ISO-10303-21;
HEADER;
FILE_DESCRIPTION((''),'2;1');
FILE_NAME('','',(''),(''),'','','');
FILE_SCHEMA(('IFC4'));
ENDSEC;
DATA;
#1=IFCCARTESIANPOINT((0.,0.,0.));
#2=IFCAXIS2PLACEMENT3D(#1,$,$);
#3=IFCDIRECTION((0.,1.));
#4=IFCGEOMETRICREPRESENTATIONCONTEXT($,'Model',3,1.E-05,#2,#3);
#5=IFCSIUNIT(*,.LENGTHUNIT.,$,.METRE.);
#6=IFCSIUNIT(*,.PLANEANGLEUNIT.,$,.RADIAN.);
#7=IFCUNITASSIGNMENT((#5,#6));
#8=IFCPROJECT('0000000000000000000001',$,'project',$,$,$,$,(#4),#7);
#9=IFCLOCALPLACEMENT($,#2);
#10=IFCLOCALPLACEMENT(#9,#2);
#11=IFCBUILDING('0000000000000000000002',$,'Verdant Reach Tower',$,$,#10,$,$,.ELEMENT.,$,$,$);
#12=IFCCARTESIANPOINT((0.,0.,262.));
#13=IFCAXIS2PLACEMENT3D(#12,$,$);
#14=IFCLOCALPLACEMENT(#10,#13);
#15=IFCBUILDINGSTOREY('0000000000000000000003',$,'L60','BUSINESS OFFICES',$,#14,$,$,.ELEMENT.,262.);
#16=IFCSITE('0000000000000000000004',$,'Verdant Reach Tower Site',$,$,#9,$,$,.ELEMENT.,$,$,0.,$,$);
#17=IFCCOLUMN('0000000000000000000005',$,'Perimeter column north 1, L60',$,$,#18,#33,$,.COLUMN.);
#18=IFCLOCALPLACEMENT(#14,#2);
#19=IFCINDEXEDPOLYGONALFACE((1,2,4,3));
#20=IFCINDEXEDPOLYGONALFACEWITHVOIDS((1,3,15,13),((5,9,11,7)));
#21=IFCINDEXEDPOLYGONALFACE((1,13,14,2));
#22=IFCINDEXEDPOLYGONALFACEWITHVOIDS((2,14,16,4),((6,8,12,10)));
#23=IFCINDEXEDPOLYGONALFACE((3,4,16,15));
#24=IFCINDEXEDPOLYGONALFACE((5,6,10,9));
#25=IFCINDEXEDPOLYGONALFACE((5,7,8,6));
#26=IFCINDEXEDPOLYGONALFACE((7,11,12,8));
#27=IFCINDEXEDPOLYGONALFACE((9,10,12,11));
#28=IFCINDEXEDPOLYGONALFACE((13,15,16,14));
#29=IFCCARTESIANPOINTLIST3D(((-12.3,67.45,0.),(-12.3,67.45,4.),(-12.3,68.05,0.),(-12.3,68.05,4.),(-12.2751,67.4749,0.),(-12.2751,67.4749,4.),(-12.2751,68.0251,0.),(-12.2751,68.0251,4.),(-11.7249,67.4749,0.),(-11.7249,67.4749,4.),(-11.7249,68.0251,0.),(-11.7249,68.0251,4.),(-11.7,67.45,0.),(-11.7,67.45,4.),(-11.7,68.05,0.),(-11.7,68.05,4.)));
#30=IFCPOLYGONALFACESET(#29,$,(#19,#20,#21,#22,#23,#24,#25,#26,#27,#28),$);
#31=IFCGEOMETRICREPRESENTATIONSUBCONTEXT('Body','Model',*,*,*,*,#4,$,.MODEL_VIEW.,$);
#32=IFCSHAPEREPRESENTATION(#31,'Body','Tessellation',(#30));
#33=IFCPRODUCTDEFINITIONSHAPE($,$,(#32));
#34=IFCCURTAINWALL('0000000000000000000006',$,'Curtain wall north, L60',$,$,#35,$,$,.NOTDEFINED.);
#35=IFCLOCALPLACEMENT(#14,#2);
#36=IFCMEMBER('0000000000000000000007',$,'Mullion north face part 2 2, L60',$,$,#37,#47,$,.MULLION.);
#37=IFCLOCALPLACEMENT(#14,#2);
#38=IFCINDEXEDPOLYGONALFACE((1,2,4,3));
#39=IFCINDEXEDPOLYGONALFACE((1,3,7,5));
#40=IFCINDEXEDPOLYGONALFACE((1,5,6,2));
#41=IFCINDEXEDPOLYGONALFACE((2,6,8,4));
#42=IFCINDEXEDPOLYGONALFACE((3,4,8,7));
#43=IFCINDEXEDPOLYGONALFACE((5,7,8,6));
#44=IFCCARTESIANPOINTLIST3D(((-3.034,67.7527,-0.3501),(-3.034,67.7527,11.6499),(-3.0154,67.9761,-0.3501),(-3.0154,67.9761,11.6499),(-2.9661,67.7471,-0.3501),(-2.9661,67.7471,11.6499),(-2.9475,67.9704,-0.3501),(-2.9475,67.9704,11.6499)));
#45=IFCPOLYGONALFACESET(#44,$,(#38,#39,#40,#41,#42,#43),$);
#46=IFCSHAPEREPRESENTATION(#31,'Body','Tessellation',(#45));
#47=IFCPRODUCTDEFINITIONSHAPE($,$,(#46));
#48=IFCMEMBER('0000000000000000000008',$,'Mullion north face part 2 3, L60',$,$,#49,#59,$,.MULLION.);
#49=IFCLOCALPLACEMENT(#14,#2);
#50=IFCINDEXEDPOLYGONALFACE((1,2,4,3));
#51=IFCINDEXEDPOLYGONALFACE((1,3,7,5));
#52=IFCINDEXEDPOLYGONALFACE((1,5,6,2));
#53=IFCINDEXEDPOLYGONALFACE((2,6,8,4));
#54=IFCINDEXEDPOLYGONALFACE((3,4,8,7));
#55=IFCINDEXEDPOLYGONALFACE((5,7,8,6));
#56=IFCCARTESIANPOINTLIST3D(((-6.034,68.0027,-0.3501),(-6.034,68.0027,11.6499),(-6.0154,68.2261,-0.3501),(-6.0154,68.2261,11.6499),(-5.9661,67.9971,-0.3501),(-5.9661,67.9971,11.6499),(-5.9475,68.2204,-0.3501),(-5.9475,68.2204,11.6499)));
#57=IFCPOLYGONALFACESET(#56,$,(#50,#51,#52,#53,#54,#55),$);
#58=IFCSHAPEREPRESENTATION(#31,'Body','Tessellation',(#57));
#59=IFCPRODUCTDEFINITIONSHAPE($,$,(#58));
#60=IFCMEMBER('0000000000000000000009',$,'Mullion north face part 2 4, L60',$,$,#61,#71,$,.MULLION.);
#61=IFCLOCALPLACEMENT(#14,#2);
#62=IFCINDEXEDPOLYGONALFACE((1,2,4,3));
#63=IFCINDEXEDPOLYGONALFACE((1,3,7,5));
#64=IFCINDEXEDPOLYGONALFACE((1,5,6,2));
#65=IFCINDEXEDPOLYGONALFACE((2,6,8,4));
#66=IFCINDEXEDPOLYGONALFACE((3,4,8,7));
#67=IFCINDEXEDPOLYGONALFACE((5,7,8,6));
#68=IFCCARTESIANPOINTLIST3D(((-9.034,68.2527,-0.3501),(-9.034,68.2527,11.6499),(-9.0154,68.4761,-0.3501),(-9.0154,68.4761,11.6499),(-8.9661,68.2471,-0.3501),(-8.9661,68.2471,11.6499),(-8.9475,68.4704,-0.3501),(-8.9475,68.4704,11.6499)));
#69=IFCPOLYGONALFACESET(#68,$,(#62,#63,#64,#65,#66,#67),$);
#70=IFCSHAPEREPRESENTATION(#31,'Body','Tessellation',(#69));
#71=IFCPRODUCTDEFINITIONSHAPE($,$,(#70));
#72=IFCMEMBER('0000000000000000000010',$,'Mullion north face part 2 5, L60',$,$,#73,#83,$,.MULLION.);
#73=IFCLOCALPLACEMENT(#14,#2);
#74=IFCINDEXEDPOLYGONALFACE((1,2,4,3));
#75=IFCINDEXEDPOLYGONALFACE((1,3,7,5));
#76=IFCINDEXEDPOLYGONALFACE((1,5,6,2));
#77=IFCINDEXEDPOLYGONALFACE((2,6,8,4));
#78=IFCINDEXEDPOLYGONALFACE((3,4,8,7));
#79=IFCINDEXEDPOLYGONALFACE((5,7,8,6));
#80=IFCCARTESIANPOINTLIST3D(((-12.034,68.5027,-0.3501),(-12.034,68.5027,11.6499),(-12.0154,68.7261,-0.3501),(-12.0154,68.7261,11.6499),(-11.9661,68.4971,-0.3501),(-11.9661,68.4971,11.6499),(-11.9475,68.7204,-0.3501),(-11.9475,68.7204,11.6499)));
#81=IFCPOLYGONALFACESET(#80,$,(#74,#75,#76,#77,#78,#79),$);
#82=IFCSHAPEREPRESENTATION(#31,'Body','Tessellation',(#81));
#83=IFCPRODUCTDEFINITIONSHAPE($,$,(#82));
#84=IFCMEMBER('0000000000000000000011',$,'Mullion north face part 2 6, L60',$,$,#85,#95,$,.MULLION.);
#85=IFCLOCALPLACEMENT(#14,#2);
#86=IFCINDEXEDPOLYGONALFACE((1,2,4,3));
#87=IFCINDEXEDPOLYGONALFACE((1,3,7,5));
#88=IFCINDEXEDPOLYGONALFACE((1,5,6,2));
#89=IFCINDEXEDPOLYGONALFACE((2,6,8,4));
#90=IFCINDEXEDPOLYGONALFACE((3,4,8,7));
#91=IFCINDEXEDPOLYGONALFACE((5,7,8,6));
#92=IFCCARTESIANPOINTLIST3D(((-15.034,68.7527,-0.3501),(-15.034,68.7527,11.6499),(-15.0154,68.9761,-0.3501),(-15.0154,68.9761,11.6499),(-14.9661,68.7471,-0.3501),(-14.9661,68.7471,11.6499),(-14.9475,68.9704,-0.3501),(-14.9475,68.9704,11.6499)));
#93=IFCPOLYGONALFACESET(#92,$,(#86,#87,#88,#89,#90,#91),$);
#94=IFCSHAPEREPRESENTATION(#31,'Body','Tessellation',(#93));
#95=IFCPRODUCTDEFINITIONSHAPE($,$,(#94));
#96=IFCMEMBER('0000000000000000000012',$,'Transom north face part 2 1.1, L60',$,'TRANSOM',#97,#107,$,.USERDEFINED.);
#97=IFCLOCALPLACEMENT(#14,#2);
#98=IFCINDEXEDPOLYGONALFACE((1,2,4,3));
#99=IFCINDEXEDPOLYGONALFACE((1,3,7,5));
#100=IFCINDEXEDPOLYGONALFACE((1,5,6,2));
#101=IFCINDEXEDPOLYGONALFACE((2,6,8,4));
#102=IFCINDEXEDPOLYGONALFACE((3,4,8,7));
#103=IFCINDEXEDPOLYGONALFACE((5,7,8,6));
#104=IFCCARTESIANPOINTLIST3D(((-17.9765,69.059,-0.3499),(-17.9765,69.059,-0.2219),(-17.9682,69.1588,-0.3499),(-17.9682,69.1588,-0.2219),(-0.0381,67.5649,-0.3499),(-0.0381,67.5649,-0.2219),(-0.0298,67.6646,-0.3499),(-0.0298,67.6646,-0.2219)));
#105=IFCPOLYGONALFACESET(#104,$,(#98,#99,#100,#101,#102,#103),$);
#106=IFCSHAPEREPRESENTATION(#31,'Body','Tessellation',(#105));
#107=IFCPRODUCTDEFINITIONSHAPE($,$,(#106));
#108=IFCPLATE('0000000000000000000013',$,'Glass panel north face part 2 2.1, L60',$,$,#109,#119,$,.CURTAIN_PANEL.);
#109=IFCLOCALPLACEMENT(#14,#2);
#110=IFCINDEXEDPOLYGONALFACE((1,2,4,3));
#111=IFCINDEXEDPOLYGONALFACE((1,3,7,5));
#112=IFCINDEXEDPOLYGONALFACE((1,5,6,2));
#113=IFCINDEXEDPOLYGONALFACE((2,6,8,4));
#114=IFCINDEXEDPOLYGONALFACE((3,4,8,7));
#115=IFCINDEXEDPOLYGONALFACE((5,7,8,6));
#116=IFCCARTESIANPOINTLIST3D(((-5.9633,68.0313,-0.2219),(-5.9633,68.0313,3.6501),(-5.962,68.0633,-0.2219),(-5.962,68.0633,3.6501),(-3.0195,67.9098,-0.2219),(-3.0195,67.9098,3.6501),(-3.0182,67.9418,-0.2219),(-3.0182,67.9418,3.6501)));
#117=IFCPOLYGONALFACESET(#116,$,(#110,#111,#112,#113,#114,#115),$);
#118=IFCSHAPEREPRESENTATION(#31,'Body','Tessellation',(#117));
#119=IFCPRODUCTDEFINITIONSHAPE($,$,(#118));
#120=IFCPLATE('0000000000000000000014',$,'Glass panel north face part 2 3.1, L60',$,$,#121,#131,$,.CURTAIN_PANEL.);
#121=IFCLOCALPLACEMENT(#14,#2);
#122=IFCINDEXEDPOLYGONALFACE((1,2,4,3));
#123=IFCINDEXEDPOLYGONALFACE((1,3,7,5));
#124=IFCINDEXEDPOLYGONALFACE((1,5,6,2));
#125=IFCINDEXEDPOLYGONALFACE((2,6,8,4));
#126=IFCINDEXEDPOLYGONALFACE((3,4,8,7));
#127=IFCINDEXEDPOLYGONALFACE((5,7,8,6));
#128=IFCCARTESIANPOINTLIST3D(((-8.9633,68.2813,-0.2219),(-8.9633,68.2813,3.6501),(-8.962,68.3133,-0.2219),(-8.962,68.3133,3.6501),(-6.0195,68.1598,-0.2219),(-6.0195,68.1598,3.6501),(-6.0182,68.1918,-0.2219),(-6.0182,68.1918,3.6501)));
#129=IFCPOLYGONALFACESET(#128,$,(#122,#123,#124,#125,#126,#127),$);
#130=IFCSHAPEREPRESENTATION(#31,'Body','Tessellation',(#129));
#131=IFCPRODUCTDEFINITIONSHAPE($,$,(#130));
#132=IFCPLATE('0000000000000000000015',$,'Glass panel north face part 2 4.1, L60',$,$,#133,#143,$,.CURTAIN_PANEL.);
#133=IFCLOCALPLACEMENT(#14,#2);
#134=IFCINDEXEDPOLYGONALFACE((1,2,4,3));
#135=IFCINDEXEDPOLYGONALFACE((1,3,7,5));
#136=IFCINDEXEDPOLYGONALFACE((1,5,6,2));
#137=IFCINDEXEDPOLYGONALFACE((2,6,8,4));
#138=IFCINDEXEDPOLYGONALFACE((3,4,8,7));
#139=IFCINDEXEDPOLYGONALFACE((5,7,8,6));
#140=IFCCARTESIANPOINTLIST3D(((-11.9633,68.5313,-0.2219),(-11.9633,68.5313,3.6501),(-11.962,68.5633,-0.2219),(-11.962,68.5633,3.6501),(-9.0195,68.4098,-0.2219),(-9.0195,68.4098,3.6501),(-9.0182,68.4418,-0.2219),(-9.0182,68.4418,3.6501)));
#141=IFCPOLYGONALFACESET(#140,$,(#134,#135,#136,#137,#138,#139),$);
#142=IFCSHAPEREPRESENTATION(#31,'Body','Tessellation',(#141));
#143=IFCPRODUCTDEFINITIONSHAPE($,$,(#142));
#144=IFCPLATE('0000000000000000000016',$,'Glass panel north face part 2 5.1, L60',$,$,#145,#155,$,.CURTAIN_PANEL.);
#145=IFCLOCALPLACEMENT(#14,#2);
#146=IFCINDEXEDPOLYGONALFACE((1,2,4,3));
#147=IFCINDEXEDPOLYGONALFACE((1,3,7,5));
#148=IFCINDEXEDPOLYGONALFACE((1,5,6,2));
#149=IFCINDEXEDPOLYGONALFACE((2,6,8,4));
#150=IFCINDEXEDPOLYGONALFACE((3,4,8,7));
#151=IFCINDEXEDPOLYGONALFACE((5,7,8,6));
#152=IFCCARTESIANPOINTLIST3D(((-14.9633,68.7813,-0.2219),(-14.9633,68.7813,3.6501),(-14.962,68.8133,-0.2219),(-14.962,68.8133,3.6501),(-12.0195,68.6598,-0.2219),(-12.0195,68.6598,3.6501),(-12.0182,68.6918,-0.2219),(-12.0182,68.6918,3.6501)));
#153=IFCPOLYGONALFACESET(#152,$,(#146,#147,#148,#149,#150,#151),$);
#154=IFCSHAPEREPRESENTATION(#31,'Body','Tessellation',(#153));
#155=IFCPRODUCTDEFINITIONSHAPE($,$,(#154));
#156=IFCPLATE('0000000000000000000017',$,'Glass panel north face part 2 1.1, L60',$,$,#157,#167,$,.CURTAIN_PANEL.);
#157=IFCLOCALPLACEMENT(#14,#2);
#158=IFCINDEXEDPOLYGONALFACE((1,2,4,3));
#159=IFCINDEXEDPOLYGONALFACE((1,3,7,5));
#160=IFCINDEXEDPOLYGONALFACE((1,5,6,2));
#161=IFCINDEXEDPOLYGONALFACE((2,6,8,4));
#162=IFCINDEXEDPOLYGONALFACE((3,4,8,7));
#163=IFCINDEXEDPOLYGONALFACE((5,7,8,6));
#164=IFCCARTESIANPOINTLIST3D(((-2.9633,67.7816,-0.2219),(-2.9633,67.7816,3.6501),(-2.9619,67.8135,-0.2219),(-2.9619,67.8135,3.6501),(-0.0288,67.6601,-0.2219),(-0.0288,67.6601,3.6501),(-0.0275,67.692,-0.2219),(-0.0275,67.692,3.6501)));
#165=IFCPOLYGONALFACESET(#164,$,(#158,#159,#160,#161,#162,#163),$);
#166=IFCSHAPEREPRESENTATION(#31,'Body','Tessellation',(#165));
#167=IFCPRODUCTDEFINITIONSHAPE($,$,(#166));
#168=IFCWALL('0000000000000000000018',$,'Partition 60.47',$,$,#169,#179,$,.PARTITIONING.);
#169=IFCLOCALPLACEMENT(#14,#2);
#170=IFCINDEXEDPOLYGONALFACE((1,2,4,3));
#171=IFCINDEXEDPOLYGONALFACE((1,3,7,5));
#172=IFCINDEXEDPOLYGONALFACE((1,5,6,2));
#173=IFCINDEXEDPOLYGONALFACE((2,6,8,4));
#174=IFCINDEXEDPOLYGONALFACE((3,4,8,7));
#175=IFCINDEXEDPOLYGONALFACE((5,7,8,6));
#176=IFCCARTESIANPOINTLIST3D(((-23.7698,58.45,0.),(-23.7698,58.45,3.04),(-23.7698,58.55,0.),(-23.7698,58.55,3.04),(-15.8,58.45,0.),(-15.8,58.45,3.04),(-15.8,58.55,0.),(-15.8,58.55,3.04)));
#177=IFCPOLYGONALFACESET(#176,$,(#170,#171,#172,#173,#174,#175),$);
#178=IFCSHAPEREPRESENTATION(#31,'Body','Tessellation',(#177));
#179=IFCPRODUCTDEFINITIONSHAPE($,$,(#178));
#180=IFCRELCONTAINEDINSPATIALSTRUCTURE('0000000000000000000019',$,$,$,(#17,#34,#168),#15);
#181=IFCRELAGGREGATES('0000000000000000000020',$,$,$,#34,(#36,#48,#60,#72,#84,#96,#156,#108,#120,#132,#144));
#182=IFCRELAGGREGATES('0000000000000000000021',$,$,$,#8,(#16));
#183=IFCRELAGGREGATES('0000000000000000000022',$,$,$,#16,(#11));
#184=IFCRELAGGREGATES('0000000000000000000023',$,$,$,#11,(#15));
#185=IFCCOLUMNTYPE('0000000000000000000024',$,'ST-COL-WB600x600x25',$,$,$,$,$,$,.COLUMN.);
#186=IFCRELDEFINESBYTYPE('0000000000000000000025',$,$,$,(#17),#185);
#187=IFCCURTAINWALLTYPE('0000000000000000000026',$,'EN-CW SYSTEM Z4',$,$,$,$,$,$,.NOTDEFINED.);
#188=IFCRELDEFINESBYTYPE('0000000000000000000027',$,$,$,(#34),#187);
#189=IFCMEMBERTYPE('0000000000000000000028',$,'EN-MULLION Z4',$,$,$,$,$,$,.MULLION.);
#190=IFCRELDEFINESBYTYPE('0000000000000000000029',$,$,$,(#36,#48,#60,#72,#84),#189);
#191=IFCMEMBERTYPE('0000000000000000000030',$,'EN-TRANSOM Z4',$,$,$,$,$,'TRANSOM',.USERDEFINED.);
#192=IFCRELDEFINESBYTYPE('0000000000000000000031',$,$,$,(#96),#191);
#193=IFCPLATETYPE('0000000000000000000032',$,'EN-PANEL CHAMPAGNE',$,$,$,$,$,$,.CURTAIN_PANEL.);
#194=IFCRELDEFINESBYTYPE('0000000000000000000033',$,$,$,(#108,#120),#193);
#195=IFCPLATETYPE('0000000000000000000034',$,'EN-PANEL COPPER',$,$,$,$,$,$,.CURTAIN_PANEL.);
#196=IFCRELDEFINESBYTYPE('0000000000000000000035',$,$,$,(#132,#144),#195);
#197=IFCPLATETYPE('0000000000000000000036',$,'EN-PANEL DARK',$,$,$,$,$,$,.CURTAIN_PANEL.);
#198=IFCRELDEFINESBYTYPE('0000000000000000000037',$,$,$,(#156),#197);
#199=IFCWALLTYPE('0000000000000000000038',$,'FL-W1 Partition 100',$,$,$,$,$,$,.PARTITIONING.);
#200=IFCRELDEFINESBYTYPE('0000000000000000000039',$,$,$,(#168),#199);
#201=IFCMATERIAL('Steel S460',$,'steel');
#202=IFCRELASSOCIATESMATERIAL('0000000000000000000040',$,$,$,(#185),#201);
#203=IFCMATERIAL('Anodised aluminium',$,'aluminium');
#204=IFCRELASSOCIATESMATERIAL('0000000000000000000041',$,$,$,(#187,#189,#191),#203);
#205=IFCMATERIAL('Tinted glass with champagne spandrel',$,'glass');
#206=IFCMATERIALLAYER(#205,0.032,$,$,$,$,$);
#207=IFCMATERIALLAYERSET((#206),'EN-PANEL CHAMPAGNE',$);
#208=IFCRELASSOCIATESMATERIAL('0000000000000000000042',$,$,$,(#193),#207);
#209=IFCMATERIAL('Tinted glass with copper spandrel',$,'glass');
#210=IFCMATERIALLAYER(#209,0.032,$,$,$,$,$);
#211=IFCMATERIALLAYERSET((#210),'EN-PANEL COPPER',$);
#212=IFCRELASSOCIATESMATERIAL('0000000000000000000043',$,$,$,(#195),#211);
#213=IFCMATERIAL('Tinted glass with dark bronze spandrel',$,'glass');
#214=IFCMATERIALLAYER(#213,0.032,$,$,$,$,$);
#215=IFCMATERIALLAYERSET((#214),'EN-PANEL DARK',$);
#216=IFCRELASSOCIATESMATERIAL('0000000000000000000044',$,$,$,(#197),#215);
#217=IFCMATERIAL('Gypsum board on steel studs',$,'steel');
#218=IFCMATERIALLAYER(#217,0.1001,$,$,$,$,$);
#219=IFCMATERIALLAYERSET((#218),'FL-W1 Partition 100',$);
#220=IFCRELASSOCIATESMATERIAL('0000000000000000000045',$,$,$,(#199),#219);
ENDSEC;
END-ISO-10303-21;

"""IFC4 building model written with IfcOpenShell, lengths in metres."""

from ifc_helpers import new_model, si_unit, direction, frame, frame_2d, origin, origin_2d, place, context, subcontext, project, spatial, rectangle, hollow_rectangle, extrude, material, layer, layer_set, material_profile, profile_set, type_object, element, aggregate, save


model = new_model("IFC4")

# Units and contexts
model_context = context("Model", 3, precision=1e-05, world=origin(), true_north=direction((0.0, 1.0)))
body_context = subcontext(model_context, "Body", "Model", "MODEL_VIEW")
ifc_project = project(units=[si_unit("LENGTHUNIT", "METRE"), si_unit("PLANEANGLEUNIT", "RADIAN")], contexts=[model_context])

# Site, building, storey
site_placement = place(None, origin())
site = spatial("IfcSite", under=ifc_project, at=site_placement, Name="Verdant Reach Tower Site", CompositionType="ELEMENT", RefElevation=0.0)
building_placement = place(site_placement, origin())
building = spatial("IfcBuilding", under=site, at=building_placement, Name="Verdant Reach Tower", CompositionType="ELEMENT")
storey_placement = place(building_placement, frame((0.0, 0.0, 262.0)))
storey = spatial("IfcBuildingStorey", under=building, at=storey_placement, Name="L60", Description="BUSINESS OFFICES", CompositionType="ELEMENT", Elevation=262.0)

# Column
ifc_material_1 = material(Name="Steel S460", Category="steel")
ifc_material_profile_1 = material_profile(ifc_material_1, hollow_rectangle(XDim=0.6001, YDim=0.6001, WallThickness=0.0249, at=origin_2d()), Name="WB 600x600x25")
ifc_profile_set_1 = profile_set([ifc_material_profile_1], Name="Steel S460")
column_type = type_object("IfcColumnType", Name="ST-COL-WB600x600x25", PredefinedType="COLUMN", material=ifc_profile_set_1)
column_placement = place(storey_placement, frame((-12.0, 67.75, 0.0), z_axis=(0.0, 0.0, 1.0), x_axis=(1.0, 0.0, 0.0)))
element("IfcColumn", 1, at=column_placement, inside=storey, type_object=column_type, Name="Perimeter column north 1, L60", PredefinedType="COLUMN", context=body_context, shape_type="SweptSolid", body=[
    extrude(hollow_rectangle(XDim=0.6001, YDim=0.6001, WallThickness=0.0249, at=origin_2d()), origin(), (0.0, 0.0, 1.0), 4.0),
])

# Curtain wall, members, plates
ifc_material_2 = material(Name="Anodised aluminium", Category="aluminium")
curtain_wall_type = type_object("IfcCurtainWallType", Name="EN-CW SYSTEM Z4", PredefinedType="NOTDEFINED", material=ifc_material_2)
curtain_wall_placement = place(storey_placement, origin())
curtain_wall = element("IfcCurtainWall", 2, at=curtain_wall_placement, inside=storey, type_object=curtain_wall_type, Name="Curtain wall north, L60", PredefinedType="NOTDEFINED")
ifc_material_profile_2 = material_profile(ifc_material_2, rectangle(XDim=0.2241, YDim=0.0681, at=origin_2d()), Name="Mullion 68x224")
ifc_profile_set_2 = profile_set([ifc_material_profile_2], Name="Anodised aluminium")
member_type_1 = type_object("IfcMemberType", Name="EN-MULLION Z4", PredefinedType="MULLION", material=ifc_profile_set_2)
member_1_placement = place(storey_placement, frame((-2.9907, 67.8616, -0.3501), z_axis=(0.0, 0.0, 1.0), x_axis=(0.083045, 0.996546, 0.0)))
member_1 = element("IfcMember", 3, at=member_1_placement, type_object=member_type_1, Name="Mullion north face part 2 2, L60", PredefinedType="MULLION", context=body_context, shape_type="SweptSolid", body=[
    extrude(rectangle(XDim=0.2241, YDim=0.0681, at=origin_2d()), origin(), (0.0, 0.0, 1.0), 12.0),
])
member_2_placement = place(storey_placement, frame((-5.9907, 68.1116, -0.3501), z_axis=(0.0, 0.0, 1.0), x_axis=(0.083045, 0.996546, 0.0)))
member_2 = element("IfcMember", 4, at=member_2_placement, type_object=member_type_1, Name="Mullion north face part 2 3, L60", PredefinedType="MULLION", context=body_context, shape_type="SweptSolid", body=[
    extrude(rectangle(XDim=0.2241, YDim=0.0681, at=origin_2d()), origin(), (0.0, 0.0, 1.0), 12.0),
])
member_3_placement = place(storey_placement, frame((-8.9907, 68.3616, -0.3501), z_axis=(0.0, 0.0, 1.0), x_axis=(0.083045, 0.996546, 0.0)))
member_3 = element("IfcMember", 5, at=member_3_placement, type_object=member_type_1, Name="Mullion north face part 2 4, L60", PredefinedType="MULLION", context=body_context, shape_type="SweptSolid", body=[
    extrude(rectangle(XDim=0.2241, YDim=0.0681, at=origin_2d()), origin(), (0.0, 0.0, 1.0), 12.0),
])
member_4_placement = place(storey_placement, frame((-11.9907, 68.6116, -0.3501), z_axis=(0.0, 0.0, 1.0), x_axis=(0.083045, 0.996546, 0.0)))
member_4 = element("IfcMember", 6, at=member_4_placement, type_object=member_type_1, Name="Mullion north face part 2 5, L60", PredefinedType="MULLION", context=body_context, shape_type="SweptSolid", body=[
    extrude(rectangle(XDim=0.2241, YDim=0.0681, at=origin_2d()), origin(), (0.0, 0.0, 1.0), 12.0),
])
member_5_placement = place(storey_placement, frame((-14.9907, 68.8616, -0.3501), z_axis=(0.0, 0.0, 1.0), x_axis=(0.083045, 0.996546, 0.0)))
member_5 = element("IfcMember", 7, at=member_5_placement, type_object=member_type_1, Name="Mullion north face part 2 6, L60", PredefinedType="MULLION", context=body_context, shape_type="SweptSolid", body=[
    extrude(rectangle(XDim=0.2241, YDim=0.0681, at=origin_2d()), origin(), (0.0, 0.0, 1.0), 12.0),
])
ifc_material_profile_3 = material_profile(ifc_material_2, rectangle(XDim=0.1001, YDim=0.1279, at=origin_2d()), Name="Transom 128x100")
ifc_profile_set_3 = profile_set([ifc_material_profile_3], Name="Anodised aluminium")
member_type_2 = type_object("IfcMemberType", Name="EN-TRANSOM Z4", ElementType="TRANSOM", PredefinedType="USERDEFINED", material=ifc_profile_set_3)
member_6_placement = place(storey_placement, frame((-0.0339, 67.6147, -0.2859), z_axis=(-0.996549, 0.083005, 0.0), x_axis=(-0.083005, -0.996549, 0.0)))
member_6 = element("IfcMember", 8, at=member_6_placement, type_object=member_type_2, Name="Transom north face part 2 1.1, L60", ObjectType="TRANSOM", PredefinedType="USERDEFINED", context=body_context, shape_type="SweptSolid", body=[
    extrude(rectangle(XDim=0.1001, YDim=0.1279, at=origin_2d()), origin(), (0.0, 0.0, 1.0), 18.0005),
])
ifc_material_3 = material(Name="Tinted glass with champagne spandrel", Category="glass")
ifc_layer_1 = layer(ifc_material_3, 0.032)
ifc_layer_set_1 = layer_set([ifc_layer_1], Name="EN-PANEL CHAMPAGNE")
plate_type_1 = type_object("IfcPlateType", Name="EN-PANEL CHAMPAGNE", PredefinedType="CURTAIN_PANEL", material=ifc_layer_set_1)
plate_1_placement = place(storey_placement, frame((-4.4907, 67.9866, -0.2219), z_axis=(0.0, 0.0, 1.0), x_axis=(-0.999149, 0.041242, 0.0)))
plate_1 = element("IfcPlate", 9, at=plate_1_placement, type_object=plate_type_1, Name="Glass panel north face part 2 2.1, L60", PredefinedType="CURTAIN_PANEL", context=body_context, shape_type="SweptSolid", body=[
    extrude(rectangle(XDim=2.9463, YDim=0.032, at=origin_2d()), origin(), (0.0, 0.0, 1.0), 3.8721),
])
plate_2_placement = place(storey_placement, frame((-7.4907, 68.2366, -0.2219), z_axis=(0.0, 0.0, 1.0), x_axis=(-0.999149, 0.041242, 0.0)))
plate_2 = element("IfcPlate", 10, at=plate_2_placement, type_object=plate_type_1, Name="Glass panel north face part 2 3.1, L60", PredefinedType="CURTAIN_PANEL", context=body_context, shape_type="SweptSolid", body=[
    extrude(rectangle(XDim=2.9463, YDim=0.032, at=origin_2d()), origin(), (0.0, 0.0, 1.0), 3.8721),
])
ifc_material_4 = material(Name="Tinted glass with copper spandrel", Category="glass")
ifc_layer_2 = layer(ifc_material_4, 0.032)
ifc_layer_set_2 = layer_set([ifc_layer_2], Name="EN-PANEL COPPER")
plate_type_2 = type_object("IfcPlateType", Name="EN-PANEL COPPER", PredefinedType="CURTAIN_PANEL", material=ifc_layer_set_2)
plate_3_placement = place(storey_placement, frame((-10.4907, 68.4866, -0.2219), z_axis=(0.0, 0.0, 1.0), x_axis=(-0.999149, 0.041242, 0.0)))
plate_3 = element("IfcPlate", 11, at=plate_3_placement, type_object=plate_type_2, Name="Glass panel north face part 2 4.1, L60", PredefinedType="CURTAIN_PANEL", context=body_context, shape_type="SweptSolid", body=[
    extrude(rectangle(XDim=2.9463, YDim=0.032, at=origin_2d()), origin(), (0.0, 0.0, 1.0), 3.8721),
])
plate_4_placement = place(storey_placement, frame((-13.4907, 68.7366, -0.2219), z_axis=(0.0, 0.0, 1.0), x_axis=(-0.999149, 0.041242, 0.0)))
plate_4 = element("IfcPlate", 12, at=plate_4_placement, type_object=plate_type_2, Name="Glass panel north face part 2 5.1, L60", PredefinedType="CURTAIN_PANEL", context=body_context, shape_type="SweptSolid", body=[
    extrude(rectangle(XDim=2.9463, YDim=0.032, at=origin_2d()), origin(), (0.0, 0.0, 1.0), 3.8721),
])
ifc_material_5 = material(Name="Tinted glass with dark bronze spandrel", Category="glass")
ifc_layer_3 = layer(ifc_material_5, 0.032)
ifc_layer_set_3 = layer_set([ifc_layer_3], Name="EN-PANEL DARK")
plate_type_3 = type_object("IfcPlateType", Name="EN-PANEL DARK", PredefinedType="CURTAIN_PANEL", material=ifc_layer_set_3)
plate_5_placement = place(storey_placement, frame((-1.4954, 67.7368, -0.2219), z_axis=(0.0, 0.0, 1.0), x_axis=(-0.999144, 0.04137, 0.0)))
plate_5 = element("IfcPlate", 13, at=plate_5_placement, type_object=plate_type_3, Name="Glass panel north face part 2 1.1, L60", PredefinedType="CURTAIN_PANEL", context=body_context, shape_type="SweptSolid", body=[
    extrude(rectangle(XDim=2.937, YDim=0.032, at=origin_2d()), origin(), (0.0, 0.0, 1.0), 3.8721),
])
aggregate(curtain_wall, [member_1, member_2, member_3, member_4, member_5, member_6, plate_5, plate_1, plate_2, plate_3, plate_4])

# Wall
ifc_material_6 = material(Name="Gypsum board on steel studs", Category="steel")
ifc_layer_4 = layer(ifc_material_6, 0.1001)
ifc_layer_set_4 = layer_set([ifc_layer_4], Name="FL-W1 Partition 100")
wall_type_1 = type_object("IfcWallType", Name="FL-W1 Partition 100", PredefinedType="PARTITIONING", material=ifc_layer_set_4)
wall_1_placement = place(storey_placement, frame((-15.8, 58.5, 0.0), z_axis=(0.0, 0.0, 1.0), x_axis=(-1.0, 0.0, 0.0)))
element("IfcWall", 14, at=wall_1_placement, inside=storey, type_object=wall_type_1, Name="Partition 60.47", PredefinedType="PARTITIONING", context=body_context, shape_type="SweptSolid", body=[
    extrude(rectangle(XDim=7.9697, YDim=0.1001, at=frame_2d((3.9849, 0.0))), origin(), (0.0, 0.0, 1.0), 3.04),
])

save(model, "model.ifc")
